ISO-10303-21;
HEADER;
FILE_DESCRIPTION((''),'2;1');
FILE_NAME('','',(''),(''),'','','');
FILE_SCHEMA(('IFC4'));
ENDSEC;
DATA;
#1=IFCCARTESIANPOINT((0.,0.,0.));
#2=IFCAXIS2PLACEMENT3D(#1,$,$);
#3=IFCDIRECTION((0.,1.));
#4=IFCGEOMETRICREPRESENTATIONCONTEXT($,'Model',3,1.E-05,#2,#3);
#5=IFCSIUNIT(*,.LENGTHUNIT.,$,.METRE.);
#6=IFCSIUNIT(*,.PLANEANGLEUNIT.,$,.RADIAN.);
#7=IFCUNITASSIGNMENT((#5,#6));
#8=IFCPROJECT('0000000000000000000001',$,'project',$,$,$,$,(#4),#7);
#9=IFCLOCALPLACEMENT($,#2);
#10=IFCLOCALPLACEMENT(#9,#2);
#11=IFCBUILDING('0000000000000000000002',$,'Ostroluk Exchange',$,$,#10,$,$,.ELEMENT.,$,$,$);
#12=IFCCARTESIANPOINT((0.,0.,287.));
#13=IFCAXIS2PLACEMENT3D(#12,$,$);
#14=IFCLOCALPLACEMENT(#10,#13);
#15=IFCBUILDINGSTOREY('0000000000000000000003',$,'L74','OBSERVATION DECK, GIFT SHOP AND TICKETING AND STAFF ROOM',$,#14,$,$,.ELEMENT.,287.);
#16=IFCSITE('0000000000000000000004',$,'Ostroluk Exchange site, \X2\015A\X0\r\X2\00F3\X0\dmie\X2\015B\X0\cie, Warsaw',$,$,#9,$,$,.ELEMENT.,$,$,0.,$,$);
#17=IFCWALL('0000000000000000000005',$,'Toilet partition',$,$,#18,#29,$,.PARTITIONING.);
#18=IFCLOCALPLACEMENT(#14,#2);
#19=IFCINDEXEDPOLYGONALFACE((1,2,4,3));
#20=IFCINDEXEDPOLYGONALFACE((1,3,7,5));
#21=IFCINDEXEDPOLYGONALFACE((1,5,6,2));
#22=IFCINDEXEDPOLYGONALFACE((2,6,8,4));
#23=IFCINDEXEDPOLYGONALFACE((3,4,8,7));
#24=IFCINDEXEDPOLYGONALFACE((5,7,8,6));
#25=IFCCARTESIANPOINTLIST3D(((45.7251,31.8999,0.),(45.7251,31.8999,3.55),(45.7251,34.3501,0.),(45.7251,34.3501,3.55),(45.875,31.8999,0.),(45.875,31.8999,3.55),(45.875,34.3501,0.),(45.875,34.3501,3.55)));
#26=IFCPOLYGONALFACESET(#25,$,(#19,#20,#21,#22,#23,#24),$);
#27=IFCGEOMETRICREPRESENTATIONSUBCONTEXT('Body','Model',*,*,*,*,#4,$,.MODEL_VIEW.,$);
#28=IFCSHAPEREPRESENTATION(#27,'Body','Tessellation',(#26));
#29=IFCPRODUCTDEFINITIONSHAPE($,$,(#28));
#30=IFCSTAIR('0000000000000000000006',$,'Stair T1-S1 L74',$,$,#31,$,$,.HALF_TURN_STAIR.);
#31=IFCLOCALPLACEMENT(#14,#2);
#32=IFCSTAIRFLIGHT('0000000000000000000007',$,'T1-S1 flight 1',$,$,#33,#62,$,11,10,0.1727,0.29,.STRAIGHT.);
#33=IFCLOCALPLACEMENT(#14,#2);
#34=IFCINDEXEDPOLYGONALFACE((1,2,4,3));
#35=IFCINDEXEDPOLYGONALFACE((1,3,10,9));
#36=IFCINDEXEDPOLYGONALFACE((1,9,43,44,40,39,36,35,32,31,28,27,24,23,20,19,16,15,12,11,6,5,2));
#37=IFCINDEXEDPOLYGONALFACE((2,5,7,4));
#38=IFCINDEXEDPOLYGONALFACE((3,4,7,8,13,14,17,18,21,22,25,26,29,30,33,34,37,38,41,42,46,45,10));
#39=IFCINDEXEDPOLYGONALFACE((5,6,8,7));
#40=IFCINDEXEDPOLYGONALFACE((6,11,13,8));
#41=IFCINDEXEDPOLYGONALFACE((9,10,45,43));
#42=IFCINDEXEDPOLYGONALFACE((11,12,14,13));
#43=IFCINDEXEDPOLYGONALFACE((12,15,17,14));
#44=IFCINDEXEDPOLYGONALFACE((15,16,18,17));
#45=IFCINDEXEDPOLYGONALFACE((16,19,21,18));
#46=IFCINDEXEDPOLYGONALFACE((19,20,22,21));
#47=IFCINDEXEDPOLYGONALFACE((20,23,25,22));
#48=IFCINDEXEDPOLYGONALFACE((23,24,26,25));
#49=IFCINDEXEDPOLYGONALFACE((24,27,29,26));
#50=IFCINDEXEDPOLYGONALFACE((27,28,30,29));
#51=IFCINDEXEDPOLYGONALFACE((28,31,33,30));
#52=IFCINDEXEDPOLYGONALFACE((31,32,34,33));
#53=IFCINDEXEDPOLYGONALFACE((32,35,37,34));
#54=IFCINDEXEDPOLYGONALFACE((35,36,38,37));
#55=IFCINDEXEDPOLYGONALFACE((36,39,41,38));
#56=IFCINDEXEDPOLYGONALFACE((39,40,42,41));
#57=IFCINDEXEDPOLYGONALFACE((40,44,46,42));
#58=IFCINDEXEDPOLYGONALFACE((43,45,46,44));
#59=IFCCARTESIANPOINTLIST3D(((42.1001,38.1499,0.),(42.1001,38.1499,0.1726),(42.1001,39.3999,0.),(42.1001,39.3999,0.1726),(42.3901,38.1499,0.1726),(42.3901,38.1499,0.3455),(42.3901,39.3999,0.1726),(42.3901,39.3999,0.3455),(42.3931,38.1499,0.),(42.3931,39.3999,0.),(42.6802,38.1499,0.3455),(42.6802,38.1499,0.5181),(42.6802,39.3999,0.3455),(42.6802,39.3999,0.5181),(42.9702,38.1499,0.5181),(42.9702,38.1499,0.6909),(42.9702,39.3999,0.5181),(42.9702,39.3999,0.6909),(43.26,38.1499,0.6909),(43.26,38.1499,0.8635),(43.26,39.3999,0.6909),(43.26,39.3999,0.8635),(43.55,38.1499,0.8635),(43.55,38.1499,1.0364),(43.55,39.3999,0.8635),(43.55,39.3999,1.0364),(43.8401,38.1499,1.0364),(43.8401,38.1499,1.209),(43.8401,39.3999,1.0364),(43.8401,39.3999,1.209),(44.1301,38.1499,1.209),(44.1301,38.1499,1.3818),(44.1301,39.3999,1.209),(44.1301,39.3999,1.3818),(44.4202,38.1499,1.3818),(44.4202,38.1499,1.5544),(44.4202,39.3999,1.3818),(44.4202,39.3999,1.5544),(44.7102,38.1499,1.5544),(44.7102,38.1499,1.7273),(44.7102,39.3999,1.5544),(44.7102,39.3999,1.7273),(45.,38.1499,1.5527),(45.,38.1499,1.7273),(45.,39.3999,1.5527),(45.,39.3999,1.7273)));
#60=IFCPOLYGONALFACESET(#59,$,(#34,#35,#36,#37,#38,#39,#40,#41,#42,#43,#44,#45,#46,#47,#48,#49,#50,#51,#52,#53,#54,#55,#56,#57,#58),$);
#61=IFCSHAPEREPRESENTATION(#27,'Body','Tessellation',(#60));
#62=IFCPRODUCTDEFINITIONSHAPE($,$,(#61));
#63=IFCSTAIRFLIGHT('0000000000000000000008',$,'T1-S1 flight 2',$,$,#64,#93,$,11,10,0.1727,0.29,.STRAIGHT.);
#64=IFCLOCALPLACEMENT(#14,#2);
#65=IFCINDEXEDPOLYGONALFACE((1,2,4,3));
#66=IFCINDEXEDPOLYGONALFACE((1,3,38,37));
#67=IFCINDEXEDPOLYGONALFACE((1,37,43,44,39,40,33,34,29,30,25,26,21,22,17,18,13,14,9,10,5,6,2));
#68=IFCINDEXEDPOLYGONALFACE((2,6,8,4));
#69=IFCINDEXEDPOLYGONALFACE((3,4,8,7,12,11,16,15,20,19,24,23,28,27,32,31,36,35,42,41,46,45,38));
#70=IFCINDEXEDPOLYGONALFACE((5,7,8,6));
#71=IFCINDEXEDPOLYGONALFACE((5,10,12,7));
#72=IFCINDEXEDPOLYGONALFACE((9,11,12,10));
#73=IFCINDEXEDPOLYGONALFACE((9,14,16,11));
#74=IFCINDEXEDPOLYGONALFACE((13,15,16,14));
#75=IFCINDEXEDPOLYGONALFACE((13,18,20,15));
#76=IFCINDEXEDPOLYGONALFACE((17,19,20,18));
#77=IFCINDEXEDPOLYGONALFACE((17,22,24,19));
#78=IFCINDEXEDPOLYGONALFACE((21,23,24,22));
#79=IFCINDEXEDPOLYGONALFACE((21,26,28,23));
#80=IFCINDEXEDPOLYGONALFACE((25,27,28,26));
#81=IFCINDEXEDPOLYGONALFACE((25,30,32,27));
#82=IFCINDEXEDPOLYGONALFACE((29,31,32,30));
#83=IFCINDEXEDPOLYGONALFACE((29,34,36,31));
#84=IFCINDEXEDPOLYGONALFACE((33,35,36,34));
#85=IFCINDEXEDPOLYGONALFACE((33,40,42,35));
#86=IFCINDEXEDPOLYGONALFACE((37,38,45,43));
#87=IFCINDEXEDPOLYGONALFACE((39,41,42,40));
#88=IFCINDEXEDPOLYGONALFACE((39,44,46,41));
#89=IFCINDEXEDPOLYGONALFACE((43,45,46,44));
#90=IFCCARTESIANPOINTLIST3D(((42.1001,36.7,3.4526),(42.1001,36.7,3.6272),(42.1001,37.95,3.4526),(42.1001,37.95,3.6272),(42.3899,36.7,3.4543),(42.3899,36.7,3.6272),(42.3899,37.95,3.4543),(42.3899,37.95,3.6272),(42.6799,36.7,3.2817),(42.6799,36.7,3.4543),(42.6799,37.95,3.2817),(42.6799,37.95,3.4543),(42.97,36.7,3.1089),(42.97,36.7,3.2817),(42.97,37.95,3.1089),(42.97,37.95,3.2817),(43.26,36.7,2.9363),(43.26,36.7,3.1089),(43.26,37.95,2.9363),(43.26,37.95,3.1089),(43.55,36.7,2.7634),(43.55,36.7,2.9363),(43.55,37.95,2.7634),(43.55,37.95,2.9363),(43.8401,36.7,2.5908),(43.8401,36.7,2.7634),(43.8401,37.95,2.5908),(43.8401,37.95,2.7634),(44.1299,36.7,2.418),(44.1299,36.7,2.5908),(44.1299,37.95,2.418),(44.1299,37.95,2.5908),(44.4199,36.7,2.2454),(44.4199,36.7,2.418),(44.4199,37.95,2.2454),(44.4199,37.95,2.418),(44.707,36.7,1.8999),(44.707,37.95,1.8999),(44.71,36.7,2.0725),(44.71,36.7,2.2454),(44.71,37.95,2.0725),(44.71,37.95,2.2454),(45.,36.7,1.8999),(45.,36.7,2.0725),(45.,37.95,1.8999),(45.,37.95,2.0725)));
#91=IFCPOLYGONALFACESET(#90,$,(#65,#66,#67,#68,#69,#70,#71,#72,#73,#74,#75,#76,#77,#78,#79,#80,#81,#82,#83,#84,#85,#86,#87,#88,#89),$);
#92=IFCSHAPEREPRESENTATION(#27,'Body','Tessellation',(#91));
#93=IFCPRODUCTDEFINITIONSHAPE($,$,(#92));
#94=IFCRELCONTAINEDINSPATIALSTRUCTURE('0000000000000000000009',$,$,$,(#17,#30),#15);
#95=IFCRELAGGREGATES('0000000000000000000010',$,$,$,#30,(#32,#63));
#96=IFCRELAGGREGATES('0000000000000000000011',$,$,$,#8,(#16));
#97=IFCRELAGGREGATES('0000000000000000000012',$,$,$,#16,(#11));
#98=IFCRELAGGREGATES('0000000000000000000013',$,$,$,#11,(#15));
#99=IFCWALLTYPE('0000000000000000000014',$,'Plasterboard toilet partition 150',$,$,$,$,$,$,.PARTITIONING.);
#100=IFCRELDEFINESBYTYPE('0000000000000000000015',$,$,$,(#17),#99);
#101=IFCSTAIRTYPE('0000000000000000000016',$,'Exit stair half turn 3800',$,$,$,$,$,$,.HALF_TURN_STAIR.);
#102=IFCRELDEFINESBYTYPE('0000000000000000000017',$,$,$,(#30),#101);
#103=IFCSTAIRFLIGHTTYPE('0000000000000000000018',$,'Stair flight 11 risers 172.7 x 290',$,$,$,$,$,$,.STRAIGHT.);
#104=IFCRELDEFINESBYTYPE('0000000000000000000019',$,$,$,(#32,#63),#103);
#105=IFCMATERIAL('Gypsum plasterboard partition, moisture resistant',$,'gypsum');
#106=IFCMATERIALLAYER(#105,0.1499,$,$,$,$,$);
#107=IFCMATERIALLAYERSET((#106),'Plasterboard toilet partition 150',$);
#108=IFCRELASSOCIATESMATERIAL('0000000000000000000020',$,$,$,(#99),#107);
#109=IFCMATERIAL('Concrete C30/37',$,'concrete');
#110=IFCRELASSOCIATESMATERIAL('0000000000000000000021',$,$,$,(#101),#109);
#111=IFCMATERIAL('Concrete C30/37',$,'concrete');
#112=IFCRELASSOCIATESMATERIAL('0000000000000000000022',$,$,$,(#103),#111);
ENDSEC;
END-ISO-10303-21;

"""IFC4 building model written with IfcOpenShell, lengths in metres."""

from ifc_helpers import new_model, si_unit, direction, frame, frame_2d, origin, place, context, subcontext, project, spatial, polyline, rectangle, outline, extrude, material, layer, layer_set, type_object, element, aggregate, save


model = new_model("IFC4")

# Units and contexts
model_context = context("Model", 3, precision=1e-05, world=origin(), true_north=direction((0.0, 1.0)))
body_context = subcontext(model_context, "Body", "Model", "MODEL_VIEW")
ifc_project = project(units=[si_unit("LENGTHUNIT", "METRE"), si_unit("PLANEANGLEUNIT", "RADIAN")], contexts=[model_context])

# Site, building, storey
site_placement = place(None, origin())
site = spatial("IfcSite", under=ifc_project, at=site_placement, Name="Ostroluk Exchange site, Śródmieście, Warsaw", CompositionType="ELEMENT", RefElevation=0.0)
building_placement = place(site_placement, origin())
building = spatial("IfcBuilding", under=site, at=building_placement, Name="Ostroluk Exchange", CompositionType="ELEMENT")
storey_placement = place(building_placement, frame((0.0, 0.0, 287.0)))
storey = spatial("IfcBuildingStorey", under=building, at=storey_placement, Name="L74", Description="OBSERVATION DECK, GIFT SHOP AND TICKETING AND STAFF ROOM", CompositionType="ELEMENT", Elevation=287.0)

# Wall
ifc_material_1 = material(Name="Gypsum plasterboard partition, moisture resistant", Category="gypsum")
ifc_layer_1 = layer(ifc_material_1, 0.1499)
ifc_layer_set_1 = layer_set([ifc_layer_1], Name="Plasterboard toilet partition 150")
wall_type_1 = type_object("IfcWallType", Name="Plasterboard toilet partition 150", PredefinedType="PARTITIONING", material=ifc_layer_set_1)
wall_1_placement = place(storey_placement, frame((45.8, 34.3501, 0.0), z_axis=(0.0, 0.0, 1.0), x_axis=(0.0, -1.0, 0.0)))
element("IfcWall", 1, at=wall_1_placement, inside=storey, type_object=wall_type_1, Name="Toilet partition", PredefinedType="PARTITIONING", context=body_context, shape_type="SweptSolid", body=[
    extrude(rectangle(XDim=2.4502, YDim=0.1499, at=frame_2d((1.2251, 0.0))), origin(), (0.0, 0.0, 1.0), 3.55),
])

# Stair, stair flights
ifc_material_2 = material(Name="Concrete C30/37", Category="concrete")
stair_type = type_object("IfcStairType", Name="Exit stair half turn 3800", PredefinedType="HALF_TURN_STAIR", material=ifc_material_2)
stair_placement = place(storey_placement, origin())
stair = element("IfcStair", 2, at=stair_placement, inside=storey, type_object=stair_type, Name="Stair T1-S1 L74", PredefinedType="HALF_TURN_STAIR")
ifc_material_3 = material(Name="Concrete C30/37", Category="concrete")
stair_flight_type = type_object("IfcStairFlightType", Name="Stair flight 11 risers 172.7 x 290", PredefinedType="STRAIGHT", material=ifc_material_3)
stair_flight_1_placement = place(storey_placement, frame((42.1001, 38.7749, 0.0), z_axis=(0.0, 0.0, 1.0), x_axis=(1.0, 0.0, 0.0)))
stair_flight_1 = element("IfcStairFlight", 3, at=stair_flight_1_placement, type_object=stair_flight_type, Name="T1-S1 flight 1", NumberOfRisers=11, NumberOfTreads=10, PredefinedType="STRAIGHT", RiserHeight=0.1727, TreadLength=0.29, context=body_context, shape_type="SweptSolid", body=[
    extrude(outline(polyline([(0.0, 0.0), (0.0, 0.1726), (0.29, 0.1726), (0.29, 0.3455), (0.5801, 0.3455), (0.5801, 0.5181), (0.8701, 0.5181), (0.8701, 0.6909), (1.1599, 0.6909), (1.1599, 0.8635), (1.45, 0.8635), (1.45, 1.0364), (1.74, 1.0364), (1.74, 1.209), (2.03, 1.209), (2.03, 1.3818), (2.3201, 1.3818), (2.3201, 1.5544), (2.6101, 1.5544), (2.6101, 1.7273), (2.8999, 1.7273), (2.8999, 1.8999), (2.8999, 1.5527), (0.293, 0.0), (0.0, 0.0)])), frame((0.0, 0.625, 0.0), z_axis=(0.0, -1.0, 0.0), x_axis=(1.0, 0.0, 0.0)), (0.0, 0.0, 1.0), 1.25),
])
stair_flight_2_placement = place(storey_placement, frame((45.0, 37.325, 1.8999), z_axis=(0.0, 0.0, 1.0), x_axis=(-1.0, 0.0, 0.0)))
stair_flight_2 = element("IfcStairFlight", 4, at=stair_flight_2_placement, type_object=stair_flight_type, Name="T1-S1 flight 2", NumberOfRisers=11, NumberOfTreads=10, PredefinedType="STRAIGHT", RiserHeight=0.1727, TreadLength=0.29, context=body_context, shape_type="SweptSolid", body=[
    extrude(outline(polyline([(0.0, 0.0), (0.0, 0.1726), (0.29, 0.1726), (0.29, 0.3455), (0.5801, 0.3455), (0.5801, 0.5181), (0.8701, 0.5181), (0.8701, 0.6909), (1.1599, 0.6909), (1.1599, 0.8635), (1.45, 0.8635), (1.45, 1.0364), (1.74, 1.0364), (1.74, 1.209), (2.03, 1.209), (2.03, 1.3818), (2.3201, 1.3818), (2.3201, 1.5544), (2.6101, 1.5544), (2.6101, 1.7273), (2.8999, 1.7273), (2.8999, 1.8999), (2.8999, 1.5527), (0.293, 0.0), (0.0, 0.0)])), frame((0.0, 0.625, 0.0), z_axis=(0.0, -1.0, 0.0), x_axis=(1.0, 0.0, 0.0)), (0.0, 0.0, 1.0), 1.25),
])
aggregate(stair, [stair_flight_1, stair_flight_2])

save(model, "model.ifc")
